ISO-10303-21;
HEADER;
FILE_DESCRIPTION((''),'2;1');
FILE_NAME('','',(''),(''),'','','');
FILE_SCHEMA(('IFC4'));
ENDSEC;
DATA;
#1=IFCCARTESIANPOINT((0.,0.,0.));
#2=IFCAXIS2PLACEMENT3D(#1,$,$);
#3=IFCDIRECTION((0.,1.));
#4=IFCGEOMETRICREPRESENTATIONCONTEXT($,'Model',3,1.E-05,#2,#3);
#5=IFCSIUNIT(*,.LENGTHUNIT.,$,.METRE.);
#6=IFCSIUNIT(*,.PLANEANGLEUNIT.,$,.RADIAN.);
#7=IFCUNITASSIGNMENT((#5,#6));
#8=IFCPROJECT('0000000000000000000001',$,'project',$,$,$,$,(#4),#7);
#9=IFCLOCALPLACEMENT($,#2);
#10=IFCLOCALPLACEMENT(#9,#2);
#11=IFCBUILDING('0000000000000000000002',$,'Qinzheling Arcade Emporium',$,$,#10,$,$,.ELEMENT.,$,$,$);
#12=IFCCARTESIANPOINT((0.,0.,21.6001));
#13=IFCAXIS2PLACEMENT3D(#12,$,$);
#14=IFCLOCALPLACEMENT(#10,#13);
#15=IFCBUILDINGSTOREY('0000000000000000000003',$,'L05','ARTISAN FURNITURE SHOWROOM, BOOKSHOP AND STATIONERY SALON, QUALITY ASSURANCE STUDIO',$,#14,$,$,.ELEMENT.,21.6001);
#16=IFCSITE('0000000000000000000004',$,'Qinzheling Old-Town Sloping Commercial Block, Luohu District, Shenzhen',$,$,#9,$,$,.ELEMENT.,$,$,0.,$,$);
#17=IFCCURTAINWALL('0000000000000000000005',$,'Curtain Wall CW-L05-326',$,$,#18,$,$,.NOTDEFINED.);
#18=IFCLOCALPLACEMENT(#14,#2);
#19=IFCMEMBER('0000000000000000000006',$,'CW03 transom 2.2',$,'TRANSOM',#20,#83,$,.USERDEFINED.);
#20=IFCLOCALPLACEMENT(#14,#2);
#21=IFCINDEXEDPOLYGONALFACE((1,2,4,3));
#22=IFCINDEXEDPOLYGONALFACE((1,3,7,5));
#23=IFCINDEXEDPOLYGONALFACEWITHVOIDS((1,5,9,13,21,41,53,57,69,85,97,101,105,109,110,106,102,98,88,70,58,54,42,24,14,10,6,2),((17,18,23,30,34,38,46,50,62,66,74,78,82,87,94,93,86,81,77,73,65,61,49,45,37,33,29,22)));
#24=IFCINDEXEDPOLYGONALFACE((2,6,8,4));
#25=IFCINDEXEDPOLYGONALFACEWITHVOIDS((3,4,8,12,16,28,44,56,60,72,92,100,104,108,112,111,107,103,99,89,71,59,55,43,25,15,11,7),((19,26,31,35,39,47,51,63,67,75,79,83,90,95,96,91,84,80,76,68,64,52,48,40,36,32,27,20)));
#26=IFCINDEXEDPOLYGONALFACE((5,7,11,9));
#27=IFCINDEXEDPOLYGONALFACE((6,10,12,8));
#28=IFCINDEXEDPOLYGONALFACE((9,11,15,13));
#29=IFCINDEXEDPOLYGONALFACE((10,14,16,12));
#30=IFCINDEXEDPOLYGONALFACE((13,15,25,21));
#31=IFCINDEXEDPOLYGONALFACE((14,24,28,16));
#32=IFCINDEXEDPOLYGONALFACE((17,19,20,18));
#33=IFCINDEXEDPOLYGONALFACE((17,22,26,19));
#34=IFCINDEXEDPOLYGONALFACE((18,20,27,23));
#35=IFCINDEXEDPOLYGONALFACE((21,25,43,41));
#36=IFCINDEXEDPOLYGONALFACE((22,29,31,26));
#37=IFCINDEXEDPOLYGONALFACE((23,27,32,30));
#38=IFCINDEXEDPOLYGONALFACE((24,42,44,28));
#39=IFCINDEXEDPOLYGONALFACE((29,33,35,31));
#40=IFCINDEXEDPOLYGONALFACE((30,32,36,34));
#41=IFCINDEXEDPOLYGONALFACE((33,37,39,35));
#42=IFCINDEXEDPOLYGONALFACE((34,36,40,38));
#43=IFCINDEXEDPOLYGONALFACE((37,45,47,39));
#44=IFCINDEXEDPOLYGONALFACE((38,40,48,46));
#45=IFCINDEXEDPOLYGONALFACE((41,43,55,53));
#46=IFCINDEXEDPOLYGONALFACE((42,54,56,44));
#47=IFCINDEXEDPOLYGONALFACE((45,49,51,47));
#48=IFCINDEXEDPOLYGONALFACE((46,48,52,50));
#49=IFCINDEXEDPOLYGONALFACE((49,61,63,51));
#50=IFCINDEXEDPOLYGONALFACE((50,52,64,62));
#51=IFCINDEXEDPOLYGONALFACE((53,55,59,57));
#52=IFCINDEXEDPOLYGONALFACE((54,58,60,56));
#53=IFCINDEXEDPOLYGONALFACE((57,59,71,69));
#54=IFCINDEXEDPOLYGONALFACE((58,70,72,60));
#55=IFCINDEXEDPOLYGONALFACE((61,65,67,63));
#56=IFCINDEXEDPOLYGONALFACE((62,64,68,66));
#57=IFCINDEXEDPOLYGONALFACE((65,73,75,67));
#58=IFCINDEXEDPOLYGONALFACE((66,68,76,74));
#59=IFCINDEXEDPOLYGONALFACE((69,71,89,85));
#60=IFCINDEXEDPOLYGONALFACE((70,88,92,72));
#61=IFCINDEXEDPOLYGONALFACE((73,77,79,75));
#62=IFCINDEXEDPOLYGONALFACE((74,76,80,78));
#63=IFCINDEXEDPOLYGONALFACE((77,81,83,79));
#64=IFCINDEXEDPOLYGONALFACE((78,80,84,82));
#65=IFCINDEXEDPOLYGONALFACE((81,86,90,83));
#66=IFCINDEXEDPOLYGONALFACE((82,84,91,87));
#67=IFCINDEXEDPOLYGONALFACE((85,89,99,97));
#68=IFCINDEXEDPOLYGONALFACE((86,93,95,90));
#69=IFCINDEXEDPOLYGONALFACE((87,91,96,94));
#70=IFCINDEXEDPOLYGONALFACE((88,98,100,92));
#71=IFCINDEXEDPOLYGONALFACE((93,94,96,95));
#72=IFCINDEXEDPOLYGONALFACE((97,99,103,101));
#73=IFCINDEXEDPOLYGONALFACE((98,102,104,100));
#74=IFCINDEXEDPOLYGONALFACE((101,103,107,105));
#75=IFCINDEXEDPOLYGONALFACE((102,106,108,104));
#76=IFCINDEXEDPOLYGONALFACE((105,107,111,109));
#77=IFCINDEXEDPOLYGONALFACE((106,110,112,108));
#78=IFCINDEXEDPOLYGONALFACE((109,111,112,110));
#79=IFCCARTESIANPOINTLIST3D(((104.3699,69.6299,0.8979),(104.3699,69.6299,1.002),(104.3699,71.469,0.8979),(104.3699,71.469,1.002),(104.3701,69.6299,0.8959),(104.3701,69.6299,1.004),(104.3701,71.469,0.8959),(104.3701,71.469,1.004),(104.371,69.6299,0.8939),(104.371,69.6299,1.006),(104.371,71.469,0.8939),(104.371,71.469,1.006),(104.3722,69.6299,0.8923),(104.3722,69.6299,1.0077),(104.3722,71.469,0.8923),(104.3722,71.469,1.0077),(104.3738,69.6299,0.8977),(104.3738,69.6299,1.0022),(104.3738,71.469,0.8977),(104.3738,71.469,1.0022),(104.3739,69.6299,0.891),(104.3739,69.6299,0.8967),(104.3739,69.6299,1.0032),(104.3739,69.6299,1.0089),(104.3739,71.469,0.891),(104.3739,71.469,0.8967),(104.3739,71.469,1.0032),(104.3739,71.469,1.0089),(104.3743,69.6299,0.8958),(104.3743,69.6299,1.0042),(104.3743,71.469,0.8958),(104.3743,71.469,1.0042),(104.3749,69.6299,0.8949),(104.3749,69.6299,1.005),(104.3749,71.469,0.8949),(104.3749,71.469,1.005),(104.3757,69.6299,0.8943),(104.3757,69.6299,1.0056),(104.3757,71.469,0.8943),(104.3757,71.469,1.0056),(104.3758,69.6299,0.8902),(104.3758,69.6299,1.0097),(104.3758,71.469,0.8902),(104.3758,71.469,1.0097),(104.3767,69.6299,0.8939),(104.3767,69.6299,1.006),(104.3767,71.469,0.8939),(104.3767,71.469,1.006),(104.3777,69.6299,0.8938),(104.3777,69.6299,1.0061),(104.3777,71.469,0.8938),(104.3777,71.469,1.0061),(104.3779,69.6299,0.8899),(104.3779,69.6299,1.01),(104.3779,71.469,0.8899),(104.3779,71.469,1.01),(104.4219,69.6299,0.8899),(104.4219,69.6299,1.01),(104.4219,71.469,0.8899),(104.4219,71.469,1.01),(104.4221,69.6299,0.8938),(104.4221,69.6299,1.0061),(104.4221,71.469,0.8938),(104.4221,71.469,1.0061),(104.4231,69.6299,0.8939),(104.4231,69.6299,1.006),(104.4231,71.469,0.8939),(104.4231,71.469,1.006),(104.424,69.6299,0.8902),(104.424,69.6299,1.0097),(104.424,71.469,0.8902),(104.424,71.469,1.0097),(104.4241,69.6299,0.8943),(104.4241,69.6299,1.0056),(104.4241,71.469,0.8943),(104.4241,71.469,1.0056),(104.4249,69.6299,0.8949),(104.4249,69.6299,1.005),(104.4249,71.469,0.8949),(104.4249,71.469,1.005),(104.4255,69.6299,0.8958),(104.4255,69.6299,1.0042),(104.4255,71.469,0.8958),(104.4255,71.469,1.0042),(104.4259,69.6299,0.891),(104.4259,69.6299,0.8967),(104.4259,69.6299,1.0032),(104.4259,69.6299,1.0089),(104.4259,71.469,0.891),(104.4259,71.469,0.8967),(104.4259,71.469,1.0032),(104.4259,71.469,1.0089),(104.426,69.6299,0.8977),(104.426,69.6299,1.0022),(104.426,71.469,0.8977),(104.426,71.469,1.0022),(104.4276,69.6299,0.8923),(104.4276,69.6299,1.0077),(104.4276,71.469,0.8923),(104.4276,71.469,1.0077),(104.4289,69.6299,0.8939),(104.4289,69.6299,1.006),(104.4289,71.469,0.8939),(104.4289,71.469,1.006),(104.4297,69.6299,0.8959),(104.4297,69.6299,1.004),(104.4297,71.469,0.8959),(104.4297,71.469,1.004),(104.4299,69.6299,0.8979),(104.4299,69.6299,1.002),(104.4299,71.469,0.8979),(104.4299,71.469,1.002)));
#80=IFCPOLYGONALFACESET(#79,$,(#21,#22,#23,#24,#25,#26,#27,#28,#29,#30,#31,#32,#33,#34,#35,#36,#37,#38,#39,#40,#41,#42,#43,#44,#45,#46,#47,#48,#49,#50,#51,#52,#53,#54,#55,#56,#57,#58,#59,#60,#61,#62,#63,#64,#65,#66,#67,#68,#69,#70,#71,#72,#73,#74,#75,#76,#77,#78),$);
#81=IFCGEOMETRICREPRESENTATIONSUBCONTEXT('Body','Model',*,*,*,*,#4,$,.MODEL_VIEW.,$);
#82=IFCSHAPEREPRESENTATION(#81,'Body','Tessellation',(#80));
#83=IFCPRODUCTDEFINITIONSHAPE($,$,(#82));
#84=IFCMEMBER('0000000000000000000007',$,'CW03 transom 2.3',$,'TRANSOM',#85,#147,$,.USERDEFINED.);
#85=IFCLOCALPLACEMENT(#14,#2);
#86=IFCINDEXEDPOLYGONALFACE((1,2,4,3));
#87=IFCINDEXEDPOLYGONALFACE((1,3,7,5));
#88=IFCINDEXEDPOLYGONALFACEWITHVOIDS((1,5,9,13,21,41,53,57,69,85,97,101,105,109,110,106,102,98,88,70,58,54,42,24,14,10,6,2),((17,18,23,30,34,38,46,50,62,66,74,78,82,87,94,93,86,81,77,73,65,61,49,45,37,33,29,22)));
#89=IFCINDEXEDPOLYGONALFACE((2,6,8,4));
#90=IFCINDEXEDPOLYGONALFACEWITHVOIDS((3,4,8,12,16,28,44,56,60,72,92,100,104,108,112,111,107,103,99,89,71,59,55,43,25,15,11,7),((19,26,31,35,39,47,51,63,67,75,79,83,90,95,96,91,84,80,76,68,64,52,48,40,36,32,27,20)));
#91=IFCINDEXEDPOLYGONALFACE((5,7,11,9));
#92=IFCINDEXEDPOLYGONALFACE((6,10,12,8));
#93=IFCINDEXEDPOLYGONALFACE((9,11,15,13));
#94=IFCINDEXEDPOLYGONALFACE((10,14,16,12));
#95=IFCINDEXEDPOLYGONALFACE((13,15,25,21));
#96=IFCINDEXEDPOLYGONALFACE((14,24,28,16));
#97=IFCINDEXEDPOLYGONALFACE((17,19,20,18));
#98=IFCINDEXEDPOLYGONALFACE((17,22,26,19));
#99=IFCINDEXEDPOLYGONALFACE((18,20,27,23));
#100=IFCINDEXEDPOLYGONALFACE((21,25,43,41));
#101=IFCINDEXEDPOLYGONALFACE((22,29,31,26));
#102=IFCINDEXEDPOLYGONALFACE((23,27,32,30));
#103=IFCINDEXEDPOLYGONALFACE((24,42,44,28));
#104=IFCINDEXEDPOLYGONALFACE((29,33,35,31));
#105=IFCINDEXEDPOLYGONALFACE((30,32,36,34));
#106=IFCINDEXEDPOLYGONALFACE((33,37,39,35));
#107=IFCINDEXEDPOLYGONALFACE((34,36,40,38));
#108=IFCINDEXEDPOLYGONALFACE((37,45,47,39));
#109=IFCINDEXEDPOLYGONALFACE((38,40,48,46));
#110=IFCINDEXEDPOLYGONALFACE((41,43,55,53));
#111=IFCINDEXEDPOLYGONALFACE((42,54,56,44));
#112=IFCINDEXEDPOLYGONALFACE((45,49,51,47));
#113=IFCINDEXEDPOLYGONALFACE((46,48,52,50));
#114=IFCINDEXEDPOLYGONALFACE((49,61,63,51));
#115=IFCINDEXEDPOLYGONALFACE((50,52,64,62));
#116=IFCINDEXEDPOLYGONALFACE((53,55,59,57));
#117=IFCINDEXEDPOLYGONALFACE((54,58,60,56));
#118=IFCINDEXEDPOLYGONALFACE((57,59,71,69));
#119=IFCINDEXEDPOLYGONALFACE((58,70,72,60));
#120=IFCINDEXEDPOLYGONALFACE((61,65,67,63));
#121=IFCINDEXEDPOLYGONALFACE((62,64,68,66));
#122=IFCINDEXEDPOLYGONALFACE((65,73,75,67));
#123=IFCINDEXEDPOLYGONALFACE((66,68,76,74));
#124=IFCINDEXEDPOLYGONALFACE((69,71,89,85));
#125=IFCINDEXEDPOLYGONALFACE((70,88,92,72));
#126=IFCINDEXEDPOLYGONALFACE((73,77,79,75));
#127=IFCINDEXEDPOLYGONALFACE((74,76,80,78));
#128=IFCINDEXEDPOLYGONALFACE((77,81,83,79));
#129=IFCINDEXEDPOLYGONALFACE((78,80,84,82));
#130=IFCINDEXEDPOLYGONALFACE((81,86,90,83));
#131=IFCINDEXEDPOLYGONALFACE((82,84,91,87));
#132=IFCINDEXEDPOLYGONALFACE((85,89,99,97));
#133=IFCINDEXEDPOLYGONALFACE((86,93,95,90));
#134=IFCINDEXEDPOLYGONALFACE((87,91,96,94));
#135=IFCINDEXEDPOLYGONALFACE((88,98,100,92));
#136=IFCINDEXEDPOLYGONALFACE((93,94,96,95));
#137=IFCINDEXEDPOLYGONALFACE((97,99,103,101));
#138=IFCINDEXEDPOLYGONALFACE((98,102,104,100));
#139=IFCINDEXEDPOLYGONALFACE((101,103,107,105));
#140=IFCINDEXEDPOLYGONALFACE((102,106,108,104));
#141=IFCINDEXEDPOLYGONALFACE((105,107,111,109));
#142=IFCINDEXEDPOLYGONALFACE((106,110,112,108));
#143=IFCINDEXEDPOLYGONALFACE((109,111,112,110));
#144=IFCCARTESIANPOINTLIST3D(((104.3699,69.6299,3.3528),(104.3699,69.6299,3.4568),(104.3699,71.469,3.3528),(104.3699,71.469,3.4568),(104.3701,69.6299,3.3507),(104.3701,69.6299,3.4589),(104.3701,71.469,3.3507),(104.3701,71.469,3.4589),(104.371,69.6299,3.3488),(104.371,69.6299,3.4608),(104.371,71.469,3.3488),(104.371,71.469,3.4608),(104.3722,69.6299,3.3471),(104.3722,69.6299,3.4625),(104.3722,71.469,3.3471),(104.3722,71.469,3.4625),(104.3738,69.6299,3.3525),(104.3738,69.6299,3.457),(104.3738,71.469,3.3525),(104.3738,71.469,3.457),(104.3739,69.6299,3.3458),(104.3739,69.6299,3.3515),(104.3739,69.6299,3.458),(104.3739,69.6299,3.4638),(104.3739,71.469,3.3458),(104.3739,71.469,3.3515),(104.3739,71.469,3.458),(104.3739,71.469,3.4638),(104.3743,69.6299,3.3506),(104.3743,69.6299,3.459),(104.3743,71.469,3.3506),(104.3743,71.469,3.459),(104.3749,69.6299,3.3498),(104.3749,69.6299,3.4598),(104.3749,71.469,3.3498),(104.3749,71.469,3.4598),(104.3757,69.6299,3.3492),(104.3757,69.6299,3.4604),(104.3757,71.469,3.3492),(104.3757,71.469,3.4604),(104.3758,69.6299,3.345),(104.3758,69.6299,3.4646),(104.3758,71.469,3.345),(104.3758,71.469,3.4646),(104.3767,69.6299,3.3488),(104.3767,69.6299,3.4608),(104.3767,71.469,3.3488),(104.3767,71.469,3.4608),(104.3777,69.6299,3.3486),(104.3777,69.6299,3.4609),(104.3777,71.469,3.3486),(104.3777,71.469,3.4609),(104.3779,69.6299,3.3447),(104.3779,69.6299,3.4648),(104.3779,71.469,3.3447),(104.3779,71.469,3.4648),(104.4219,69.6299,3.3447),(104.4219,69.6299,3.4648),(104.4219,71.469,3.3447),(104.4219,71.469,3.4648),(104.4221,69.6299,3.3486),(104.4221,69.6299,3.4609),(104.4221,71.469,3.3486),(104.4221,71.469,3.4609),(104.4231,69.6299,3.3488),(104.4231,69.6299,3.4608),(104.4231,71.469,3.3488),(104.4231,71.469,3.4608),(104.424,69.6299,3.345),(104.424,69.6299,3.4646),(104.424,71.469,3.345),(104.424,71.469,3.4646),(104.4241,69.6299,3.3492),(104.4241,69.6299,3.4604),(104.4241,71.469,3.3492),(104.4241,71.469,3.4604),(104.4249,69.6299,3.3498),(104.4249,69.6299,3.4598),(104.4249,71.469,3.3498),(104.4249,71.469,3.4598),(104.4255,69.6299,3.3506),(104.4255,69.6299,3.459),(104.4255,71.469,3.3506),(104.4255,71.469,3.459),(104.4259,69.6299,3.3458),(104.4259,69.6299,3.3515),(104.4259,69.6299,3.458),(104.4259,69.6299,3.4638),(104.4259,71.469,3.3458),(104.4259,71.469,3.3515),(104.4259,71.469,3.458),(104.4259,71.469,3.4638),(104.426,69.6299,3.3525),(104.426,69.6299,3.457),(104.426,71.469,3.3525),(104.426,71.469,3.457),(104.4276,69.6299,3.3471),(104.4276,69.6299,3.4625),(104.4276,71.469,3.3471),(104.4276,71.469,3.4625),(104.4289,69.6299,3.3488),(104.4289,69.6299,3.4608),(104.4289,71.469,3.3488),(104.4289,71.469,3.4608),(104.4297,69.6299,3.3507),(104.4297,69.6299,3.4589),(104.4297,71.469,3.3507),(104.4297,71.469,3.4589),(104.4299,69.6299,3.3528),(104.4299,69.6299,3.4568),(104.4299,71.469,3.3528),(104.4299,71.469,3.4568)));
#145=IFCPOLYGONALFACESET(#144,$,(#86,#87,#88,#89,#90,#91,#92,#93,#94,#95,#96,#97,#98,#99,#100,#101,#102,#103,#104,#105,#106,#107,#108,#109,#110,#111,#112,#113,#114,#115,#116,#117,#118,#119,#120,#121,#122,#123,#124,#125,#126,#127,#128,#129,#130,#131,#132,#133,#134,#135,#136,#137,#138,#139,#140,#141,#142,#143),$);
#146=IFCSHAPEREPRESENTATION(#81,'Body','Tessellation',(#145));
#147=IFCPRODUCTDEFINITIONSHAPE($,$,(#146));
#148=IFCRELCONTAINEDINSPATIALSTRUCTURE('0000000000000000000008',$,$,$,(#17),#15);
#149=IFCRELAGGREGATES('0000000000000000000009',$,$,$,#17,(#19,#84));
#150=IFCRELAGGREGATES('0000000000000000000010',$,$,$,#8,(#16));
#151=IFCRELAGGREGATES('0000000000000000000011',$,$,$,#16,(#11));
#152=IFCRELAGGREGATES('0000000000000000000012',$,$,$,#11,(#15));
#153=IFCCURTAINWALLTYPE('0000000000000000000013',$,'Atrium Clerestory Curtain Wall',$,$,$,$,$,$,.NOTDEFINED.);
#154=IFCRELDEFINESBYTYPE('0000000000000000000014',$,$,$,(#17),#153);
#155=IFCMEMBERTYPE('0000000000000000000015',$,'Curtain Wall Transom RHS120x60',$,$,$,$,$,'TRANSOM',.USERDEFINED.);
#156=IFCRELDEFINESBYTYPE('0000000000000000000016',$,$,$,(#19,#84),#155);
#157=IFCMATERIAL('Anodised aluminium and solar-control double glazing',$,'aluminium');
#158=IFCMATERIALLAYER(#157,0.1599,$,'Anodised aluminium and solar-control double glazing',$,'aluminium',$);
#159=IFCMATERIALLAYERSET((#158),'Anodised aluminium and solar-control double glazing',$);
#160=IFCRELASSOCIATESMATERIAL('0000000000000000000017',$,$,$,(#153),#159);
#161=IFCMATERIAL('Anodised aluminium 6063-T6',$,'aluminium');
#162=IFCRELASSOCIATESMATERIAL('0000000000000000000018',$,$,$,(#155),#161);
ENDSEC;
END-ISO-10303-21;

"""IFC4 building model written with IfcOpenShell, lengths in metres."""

from ifc_helpers import new_model, si_unit, direction, frame, origin, origin_2d, place, context, subcontext, project, spatial, hollow_rectangle, extrude, material, layer, layer_set, material_profile, profile_set, type_object, element, aggregate, save


model = new_model("IFC4")

# Units and contexts
model_context = context("Model", 3, precision=1e-05, world=origin(), true_north=direction((0.0, 1.0)))
body_context = subcontext(model_context, "Body", "Model", "MODEL_VIEW")
ifc_project = project(units=[si_unit("LENGTHUNIT", "METRE"), si_unit("PLANEANGLEUNIT", "RADIAN")], contexts=[model_context])

# Site, building, storey
site_placement = place(None, origin())
site = spatial("IfcSite", under=ifc_project, at=site_placement, Name="Qinzheling Old-Town Sloping Commercial Block, Luohu District, Shenzhen", CompositionType="ELEMENT", RefElevation=0.0)
building_placement = place(site_placement, origin())
building = spatial("IfcBuilding", under=site, at=building_placement, Name="Qinzheling Arcade Emporium", CompositionType="ELEMENT")
storey_placement = place(building_placement, frame((0.0, 0.0, 21.6001)))
storey = spatial("IfcBuildingStorey", under=building, at=storey_placement, Name="L05", Description="ARTISAN FURNITURE SHOWROOM, BOOKSHOP AND STATIONERY SALON, QUALITY ASSURANCE STUDIO", CompositionType="ELEMENT", Elevation=21.6001)

# Curtain wall, members
ifc_material_1 = material(Name="Anodised aluminium and solar-control double glazing", Category="aluminium")
ifc_layer_1 = layer(ifc_material_1, 0.1599, Name="Anodised aluminium and solar-control double glazing", Category="aluminium")
ifc_layer_set_1 = layer_set([ifc_layer_1], Name="Anodised aluminium and solar-control double glazing")
curtain_wall_type = type_object("IfcCurtainWallType", Name="Atrium Clerestory Curtain Wall", PredefinedType="NOTDEFINED", material=ifc_layer_set_1)
curtain_wall_placement = place(storey_placement, origin())
curtain_wall = element("IfcCurtainWall", 1, at=curtain_wall_placement, inside=storey, type_object=curtain_wall_type, Name="Curtain Wall CW-L05-326", PredefinedType="NOTDEFINED")
ifc_material_2 = material(Name="Anodised aluminium 6063-T6", Category="aluminium")
ifc_material_profile_1 = material_profile(ifc_material_2, hollow_rectangle(XDim=0.0601, YDim=0.1201, WallThickness=0.0039, InnerFilletRadius=0.0039, OuterFilletRadius=0.0081, at=origin_2d()), Name="RHS 120x60x4", Category="aluminium")
ifc_profile_set_1 = profile_set([ifc_material_profile_1], Name="Anodised aluminium 6063-T6")
member_type_1 = type_object("IfcMemberType", Name="Curtain Wall Transom RHS120x60", ElementType="TRANSOM", PredefinedType="USERDEFINED", material=ifc_profile_set_1)
member_1_placement = place(storey_placement, frame((104.3999, 71.469, 0.95), z_axis=(0.0, -1.0, 0.0), x_axis=(1.0, 0.0, 0.0)))
member_1 = element("IfcMember", 2, at=member_1_placement, type_object=member_type_1, Name="CW03 transom 2.2", ObjectType="TRANSOM", PredefinedType="USERDEFINED", context=body_context, shape_type="SweptSolid", body=[
    extrude(hollow_rectangle(XDim=0.0601, YDim=0.1201, WallThickness=0.0039, InnerFilletRadius=0.0039, OuterFilletRadius=0.0081, at=origin_2d()), origin(), (0.0, 0.0, 1.0), 1.8391),
])
member_2_placement = place(storey_placement, frame((104.3999, 71.469, 3.4048), z_axis=(0.0, -1.0, 0.0), x_axis=(1.0, 0.0, 0.0)))
member_2 = element("IfcMember", 3, at=member_2_placement, type_object=member_type_1, Name="CW03 transom 2.3", ObjectType="TRANSOM", PredefinedType="USERDEFINED", context=body_context, shape_type="SweptSolid", body=[
    extrude(hollow_rectangle(XDim=0.0601, YDim=0.1201, WallThickness=0.0039, InnerFilletRadius=0.0039, OuterFilletRadius=0.0081, at=origin_2d()), origin(), (0.0, 0.0, 1.0), 1.8391),
])
aggregate(curtain_wall, [member_1, member_2])

save(model, "model.ifc")
